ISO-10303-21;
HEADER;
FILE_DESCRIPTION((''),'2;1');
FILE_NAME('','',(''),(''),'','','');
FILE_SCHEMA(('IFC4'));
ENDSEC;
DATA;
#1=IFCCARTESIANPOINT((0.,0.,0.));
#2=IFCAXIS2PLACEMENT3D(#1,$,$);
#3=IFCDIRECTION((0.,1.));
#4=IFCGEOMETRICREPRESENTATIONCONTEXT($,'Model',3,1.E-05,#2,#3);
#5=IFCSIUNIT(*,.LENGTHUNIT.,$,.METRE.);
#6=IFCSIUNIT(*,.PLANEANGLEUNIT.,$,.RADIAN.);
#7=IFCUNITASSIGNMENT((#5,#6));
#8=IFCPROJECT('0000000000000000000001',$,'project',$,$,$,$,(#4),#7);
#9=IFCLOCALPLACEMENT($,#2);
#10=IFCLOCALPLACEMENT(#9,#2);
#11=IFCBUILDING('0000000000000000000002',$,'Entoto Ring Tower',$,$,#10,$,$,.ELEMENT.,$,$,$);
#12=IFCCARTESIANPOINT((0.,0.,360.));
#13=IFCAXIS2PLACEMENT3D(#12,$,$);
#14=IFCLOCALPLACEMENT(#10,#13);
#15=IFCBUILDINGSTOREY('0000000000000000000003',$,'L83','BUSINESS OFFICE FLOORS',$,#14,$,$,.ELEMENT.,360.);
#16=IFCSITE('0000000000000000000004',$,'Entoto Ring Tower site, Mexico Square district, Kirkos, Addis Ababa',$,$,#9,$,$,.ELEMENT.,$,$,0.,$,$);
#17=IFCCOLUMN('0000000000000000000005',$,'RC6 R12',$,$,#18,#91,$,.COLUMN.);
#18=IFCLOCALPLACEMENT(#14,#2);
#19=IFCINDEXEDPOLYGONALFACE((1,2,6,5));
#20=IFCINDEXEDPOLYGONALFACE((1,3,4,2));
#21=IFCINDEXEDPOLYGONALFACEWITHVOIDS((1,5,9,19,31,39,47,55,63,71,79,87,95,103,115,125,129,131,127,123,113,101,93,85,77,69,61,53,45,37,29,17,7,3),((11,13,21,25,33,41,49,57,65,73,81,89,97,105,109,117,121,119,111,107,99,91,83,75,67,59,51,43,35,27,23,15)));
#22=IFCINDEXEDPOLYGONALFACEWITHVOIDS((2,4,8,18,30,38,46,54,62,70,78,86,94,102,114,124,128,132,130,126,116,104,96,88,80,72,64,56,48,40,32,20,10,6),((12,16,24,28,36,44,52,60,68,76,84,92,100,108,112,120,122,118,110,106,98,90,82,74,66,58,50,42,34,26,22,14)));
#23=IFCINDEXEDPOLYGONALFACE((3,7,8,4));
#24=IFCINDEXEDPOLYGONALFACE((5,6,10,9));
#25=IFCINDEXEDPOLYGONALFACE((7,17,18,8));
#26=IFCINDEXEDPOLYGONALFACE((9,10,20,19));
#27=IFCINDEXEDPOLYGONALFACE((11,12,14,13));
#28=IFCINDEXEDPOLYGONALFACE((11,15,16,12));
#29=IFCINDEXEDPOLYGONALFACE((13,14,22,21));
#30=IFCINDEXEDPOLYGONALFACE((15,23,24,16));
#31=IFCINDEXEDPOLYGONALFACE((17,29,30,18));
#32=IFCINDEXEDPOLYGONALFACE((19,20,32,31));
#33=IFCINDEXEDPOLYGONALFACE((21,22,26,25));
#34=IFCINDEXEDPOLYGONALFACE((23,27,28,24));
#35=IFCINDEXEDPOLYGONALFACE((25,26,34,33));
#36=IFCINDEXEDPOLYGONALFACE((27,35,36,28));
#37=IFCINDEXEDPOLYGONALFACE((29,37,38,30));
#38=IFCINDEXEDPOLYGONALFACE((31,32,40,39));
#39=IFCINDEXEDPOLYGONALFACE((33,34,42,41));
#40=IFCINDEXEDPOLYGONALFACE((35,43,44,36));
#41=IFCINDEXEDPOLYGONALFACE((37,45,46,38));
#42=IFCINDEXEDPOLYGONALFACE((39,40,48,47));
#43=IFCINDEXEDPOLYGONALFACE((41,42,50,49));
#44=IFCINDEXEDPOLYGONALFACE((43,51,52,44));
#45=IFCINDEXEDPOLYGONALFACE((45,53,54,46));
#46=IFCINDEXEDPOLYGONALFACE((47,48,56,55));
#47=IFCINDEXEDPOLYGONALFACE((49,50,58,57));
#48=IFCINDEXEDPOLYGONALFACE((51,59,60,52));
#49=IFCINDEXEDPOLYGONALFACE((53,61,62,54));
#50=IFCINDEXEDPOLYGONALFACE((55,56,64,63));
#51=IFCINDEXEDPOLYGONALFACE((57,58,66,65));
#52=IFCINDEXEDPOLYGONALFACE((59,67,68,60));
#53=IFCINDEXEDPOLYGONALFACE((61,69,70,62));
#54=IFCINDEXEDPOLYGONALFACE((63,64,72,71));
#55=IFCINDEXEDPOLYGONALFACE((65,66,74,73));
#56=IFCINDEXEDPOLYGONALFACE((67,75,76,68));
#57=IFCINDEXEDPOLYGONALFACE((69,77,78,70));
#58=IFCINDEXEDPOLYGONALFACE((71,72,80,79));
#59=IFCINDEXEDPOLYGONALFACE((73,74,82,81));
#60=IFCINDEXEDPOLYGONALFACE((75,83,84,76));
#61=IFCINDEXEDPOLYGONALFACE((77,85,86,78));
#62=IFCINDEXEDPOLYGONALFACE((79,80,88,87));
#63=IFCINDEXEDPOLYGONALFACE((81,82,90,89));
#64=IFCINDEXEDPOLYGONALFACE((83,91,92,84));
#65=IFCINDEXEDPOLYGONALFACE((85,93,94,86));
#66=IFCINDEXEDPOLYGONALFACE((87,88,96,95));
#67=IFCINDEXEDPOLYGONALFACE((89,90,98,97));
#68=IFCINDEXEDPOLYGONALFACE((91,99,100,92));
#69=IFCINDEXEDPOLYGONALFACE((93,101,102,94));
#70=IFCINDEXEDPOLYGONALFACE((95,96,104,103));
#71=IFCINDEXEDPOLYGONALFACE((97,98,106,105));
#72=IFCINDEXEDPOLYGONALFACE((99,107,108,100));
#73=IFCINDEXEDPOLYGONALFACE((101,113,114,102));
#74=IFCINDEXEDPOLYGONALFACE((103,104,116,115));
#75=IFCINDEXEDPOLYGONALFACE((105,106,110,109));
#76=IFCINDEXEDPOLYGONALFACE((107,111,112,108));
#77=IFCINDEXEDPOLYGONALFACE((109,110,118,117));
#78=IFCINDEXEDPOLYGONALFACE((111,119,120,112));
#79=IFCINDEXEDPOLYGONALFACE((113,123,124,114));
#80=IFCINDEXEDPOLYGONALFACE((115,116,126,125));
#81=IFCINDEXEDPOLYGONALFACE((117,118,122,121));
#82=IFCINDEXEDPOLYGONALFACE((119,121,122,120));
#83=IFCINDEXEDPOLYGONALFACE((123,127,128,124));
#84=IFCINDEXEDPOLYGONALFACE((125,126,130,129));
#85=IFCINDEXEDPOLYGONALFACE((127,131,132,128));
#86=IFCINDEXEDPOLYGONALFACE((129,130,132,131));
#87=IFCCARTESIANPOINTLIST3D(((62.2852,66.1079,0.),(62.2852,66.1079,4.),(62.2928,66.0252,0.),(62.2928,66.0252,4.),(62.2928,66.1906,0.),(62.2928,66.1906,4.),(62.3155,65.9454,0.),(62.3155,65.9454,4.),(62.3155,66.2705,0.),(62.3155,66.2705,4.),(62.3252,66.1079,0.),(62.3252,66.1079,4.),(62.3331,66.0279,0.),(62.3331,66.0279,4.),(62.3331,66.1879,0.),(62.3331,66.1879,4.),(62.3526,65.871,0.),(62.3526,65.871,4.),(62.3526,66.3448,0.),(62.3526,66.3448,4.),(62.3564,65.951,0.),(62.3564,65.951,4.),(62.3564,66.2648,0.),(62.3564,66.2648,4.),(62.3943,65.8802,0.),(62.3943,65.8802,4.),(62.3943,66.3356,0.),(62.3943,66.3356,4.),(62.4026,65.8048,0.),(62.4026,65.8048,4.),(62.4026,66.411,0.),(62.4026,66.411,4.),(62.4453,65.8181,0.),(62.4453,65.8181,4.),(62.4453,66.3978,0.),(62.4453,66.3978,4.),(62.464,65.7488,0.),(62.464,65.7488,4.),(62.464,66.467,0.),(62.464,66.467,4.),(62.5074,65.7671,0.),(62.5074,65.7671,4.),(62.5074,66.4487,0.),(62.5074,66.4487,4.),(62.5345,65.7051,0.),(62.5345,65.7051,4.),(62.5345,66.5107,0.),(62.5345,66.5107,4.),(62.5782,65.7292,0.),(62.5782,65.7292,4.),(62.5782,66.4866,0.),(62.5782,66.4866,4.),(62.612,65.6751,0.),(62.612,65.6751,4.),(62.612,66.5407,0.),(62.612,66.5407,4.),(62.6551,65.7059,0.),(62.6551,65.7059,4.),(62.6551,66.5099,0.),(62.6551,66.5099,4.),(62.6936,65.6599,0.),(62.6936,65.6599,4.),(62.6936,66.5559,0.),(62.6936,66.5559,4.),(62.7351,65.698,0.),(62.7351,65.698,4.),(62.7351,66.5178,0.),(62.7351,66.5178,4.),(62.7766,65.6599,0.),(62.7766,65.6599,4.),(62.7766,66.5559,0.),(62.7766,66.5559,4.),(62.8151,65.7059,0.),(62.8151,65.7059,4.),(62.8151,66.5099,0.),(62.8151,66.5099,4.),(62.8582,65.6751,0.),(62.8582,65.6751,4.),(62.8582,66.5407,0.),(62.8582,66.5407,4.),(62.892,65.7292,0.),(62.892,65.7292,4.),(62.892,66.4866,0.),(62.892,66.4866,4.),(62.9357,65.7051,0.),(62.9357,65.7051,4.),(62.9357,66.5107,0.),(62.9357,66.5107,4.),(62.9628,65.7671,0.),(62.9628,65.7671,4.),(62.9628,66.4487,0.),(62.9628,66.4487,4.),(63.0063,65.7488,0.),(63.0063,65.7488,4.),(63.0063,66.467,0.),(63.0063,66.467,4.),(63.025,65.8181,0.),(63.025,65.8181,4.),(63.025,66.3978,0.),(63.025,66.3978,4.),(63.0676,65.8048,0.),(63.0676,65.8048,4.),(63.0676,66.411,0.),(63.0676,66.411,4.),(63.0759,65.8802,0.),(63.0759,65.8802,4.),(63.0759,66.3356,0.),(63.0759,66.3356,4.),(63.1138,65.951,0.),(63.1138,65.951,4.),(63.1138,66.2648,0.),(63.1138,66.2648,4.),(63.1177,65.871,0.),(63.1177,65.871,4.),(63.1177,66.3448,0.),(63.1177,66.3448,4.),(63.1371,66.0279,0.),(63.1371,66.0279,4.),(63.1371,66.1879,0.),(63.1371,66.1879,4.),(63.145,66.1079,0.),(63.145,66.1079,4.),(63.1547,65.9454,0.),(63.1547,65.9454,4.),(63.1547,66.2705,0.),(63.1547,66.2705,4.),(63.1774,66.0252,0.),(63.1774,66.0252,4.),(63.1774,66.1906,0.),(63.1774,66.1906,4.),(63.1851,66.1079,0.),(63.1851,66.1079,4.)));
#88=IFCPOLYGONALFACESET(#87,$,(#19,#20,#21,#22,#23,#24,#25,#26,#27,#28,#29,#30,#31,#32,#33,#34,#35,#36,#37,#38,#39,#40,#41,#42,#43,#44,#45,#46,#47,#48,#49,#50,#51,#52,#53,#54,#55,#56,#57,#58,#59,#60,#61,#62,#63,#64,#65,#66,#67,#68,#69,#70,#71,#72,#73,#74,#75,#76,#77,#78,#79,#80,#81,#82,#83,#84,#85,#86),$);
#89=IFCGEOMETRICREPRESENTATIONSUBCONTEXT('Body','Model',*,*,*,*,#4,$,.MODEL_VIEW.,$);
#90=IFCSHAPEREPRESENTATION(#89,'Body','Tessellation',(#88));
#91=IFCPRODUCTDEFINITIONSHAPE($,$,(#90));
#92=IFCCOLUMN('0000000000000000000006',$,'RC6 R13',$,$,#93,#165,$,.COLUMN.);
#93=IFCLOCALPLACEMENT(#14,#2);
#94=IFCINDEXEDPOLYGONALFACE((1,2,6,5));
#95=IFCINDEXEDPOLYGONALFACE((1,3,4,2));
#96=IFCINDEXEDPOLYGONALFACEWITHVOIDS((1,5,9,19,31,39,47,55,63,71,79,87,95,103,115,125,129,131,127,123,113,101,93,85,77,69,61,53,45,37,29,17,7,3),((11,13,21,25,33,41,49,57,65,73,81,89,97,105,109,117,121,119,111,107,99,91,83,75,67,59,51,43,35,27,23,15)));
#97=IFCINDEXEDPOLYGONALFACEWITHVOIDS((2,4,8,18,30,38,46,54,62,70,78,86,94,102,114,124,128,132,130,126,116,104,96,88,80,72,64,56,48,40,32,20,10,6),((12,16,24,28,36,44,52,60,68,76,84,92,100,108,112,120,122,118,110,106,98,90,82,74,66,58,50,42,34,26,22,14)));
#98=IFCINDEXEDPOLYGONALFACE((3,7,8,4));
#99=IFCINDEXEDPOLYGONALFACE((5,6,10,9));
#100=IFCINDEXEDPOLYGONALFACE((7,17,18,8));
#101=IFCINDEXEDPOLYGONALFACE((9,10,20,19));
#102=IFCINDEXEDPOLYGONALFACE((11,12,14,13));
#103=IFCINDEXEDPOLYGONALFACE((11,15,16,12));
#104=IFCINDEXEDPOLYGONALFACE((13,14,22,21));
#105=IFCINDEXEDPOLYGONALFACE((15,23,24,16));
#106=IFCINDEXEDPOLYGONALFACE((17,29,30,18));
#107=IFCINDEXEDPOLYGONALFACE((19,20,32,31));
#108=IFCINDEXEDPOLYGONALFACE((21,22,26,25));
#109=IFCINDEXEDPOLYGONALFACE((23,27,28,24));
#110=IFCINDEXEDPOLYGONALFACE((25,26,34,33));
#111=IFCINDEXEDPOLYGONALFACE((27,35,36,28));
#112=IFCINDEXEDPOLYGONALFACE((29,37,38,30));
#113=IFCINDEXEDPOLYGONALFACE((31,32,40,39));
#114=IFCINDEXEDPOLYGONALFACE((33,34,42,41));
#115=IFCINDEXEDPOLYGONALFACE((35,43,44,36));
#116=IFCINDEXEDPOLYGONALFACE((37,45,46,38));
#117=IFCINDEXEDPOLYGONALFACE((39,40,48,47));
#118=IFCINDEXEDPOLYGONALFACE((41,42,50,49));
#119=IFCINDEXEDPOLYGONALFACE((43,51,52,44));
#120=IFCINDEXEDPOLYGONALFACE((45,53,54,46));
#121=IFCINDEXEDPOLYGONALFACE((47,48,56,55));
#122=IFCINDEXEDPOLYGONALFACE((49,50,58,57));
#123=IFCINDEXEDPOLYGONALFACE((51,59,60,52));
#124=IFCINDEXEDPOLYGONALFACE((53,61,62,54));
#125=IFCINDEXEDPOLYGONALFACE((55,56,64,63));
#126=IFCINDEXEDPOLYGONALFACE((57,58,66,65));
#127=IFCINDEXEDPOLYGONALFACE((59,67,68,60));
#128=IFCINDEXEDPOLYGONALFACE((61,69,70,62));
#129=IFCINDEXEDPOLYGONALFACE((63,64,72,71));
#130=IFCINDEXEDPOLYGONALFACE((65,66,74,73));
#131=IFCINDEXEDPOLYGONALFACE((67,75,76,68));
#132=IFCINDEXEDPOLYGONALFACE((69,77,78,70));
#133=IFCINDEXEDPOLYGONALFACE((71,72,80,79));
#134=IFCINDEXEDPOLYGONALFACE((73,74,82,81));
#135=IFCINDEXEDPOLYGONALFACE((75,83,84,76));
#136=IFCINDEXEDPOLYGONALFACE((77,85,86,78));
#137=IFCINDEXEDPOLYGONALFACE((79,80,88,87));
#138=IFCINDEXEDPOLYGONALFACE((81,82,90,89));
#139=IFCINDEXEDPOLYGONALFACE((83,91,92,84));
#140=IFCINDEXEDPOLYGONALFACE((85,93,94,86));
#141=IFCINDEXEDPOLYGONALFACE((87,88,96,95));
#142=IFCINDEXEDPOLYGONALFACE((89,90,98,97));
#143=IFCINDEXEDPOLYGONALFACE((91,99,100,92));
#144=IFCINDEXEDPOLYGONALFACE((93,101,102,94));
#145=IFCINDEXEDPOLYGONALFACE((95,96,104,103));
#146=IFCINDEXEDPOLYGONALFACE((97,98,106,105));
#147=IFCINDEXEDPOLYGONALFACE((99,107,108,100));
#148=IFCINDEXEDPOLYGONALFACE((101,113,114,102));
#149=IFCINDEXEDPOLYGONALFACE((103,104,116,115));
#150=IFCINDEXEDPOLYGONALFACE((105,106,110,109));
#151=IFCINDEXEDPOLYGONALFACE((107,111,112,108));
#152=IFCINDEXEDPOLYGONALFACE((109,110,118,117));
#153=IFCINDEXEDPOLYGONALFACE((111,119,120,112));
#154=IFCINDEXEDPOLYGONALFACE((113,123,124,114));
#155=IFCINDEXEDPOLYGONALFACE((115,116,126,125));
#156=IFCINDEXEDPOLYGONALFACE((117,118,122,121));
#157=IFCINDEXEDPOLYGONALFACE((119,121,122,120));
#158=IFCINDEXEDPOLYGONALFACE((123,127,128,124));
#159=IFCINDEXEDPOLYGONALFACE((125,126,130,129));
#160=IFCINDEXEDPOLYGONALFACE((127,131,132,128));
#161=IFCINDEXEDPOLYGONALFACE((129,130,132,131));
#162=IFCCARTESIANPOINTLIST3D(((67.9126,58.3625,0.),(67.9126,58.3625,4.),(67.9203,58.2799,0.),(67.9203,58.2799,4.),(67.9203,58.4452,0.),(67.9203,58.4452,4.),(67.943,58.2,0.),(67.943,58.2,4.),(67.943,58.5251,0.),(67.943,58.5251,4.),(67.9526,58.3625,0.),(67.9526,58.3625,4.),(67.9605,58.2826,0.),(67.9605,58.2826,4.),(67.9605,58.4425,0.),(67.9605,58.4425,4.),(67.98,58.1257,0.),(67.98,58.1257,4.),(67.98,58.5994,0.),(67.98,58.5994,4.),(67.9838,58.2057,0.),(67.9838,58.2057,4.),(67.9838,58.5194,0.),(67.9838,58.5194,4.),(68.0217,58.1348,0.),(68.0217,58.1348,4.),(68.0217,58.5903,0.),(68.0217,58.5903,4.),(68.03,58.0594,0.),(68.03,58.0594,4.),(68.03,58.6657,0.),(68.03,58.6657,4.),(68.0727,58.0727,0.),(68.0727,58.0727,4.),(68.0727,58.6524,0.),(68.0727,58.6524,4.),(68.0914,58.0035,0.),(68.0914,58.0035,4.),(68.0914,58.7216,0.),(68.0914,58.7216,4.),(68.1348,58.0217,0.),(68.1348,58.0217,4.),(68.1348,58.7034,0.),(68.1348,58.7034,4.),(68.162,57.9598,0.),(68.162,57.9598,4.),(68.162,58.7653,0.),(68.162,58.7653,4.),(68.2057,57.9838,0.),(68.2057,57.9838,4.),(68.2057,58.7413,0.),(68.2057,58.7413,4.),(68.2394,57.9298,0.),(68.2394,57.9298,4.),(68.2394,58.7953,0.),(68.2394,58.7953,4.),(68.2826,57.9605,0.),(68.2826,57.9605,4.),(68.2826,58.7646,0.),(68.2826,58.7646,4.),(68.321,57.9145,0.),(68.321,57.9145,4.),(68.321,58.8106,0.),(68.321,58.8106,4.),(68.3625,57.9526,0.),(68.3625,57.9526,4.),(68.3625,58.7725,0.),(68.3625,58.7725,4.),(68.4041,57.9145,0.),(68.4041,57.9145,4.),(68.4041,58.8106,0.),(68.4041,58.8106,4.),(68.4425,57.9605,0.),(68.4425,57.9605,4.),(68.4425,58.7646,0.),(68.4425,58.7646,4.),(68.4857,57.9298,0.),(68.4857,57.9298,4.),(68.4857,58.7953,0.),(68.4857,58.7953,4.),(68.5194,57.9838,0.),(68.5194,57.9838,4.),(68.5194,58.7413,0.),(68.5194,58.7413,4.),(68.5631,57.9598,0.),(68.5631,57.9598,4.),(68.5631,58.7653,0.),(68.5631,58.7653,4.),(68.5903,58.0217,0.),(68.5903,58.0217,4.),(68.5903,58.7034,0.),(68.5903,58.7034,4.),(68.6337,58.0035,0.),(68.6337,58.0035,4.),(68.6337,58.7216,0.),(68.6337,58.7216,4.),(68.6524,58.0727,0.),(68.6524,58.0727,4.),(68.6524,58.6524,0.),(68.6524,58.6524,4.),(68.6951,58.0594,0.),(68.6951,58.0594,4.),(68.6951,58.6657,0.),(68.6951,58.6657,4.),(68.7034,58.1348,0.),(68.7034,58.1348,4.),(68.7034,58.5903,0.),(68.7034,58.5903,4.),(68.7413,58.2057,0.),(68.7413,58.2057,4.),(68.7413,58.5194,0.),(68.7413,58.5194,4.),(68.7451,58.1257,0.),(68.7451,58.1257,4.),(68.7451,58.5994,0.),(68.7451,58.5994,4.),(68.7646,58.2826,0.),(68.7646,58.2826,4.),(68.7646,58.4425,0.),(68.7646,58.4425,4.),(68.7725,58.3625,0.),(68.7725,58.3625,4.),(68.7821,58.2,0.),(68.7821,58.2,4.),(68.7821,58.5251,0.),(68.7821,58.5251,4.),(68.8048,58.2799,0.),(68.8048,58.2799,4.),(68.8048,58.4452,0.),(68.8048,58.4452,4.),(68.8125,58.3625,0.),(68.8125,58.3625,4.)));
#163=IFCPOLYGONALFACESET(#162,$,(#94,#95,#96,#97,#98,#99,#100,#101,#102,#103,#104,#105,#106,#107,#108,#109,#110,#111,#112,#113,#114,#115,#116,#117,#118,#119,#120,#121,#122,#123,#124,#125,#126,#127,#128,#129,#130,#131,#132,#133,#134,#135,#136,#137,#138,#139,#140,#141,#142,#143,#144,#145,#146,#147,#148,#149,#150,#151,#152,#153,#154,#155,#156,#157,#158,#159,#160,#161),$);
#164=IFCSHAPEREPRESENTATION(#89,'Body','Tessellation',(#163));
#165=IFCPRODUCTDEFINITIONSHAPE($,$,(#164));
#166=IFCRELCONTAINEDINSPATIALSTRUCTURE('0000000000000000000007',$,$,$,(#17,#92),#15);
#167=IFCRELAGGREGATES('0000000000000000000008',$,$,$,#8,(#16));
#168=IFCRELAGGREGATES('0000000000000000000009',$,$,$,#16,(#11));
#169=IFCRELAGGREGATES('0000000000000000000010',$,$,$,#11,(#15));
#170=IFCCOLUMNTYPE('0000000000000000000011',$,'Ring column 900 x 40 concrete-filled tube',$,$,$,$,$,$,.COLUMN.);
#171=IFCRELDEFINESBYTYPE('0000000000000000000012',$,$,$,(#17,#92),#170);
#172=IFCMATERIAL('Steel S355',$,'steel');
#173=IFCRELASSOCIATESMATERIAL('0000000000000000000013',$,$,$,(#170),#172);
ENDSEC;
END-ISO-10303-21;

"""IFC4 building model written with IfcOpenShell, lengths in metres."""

from ifc_helpers import new_model, si_unit, direction, frame, origin, origin_2d, place, context, subcontext, project, spatial, circle, hollow_circle, extrude, material, material_profile, profile_set, type_object, element, save


model = new_model("IFC4")

# Units and contexts
model_context = context("Model", 3, precision=1e-05, world=origin(), true_north=direction((0.0, 1.0)))
body_context = subcontext(model_context, "Body", "Model", "MODEL_VIEW")
ifc_project = project(units=[si_unit("LENGTHUNIT", "METRE"), si_unit("PLANEANGLEUNIT", "RADIAN")], contexts=[model_context])

# Site, building, storey
site_placement = place(None, origin())
site = spatial("IfcSite", under=ifc_project, at=site_placement, Name="Entoto Ring Tower site, Mexico Square district, Kirkos, Addis Ababa", CompositionType="ELEMENT", RefElevation=0.0)
building_placement = place(site_placement, origin())
building = spatial("IfcBuilding", under=site, at=building_placement, Name="Entoto Ring Tower", CompositionType="ELEMENT")
storey_placement = place(building_placement, frame((0.0, 0.0, 360.0)))
storey = spatial("IfcBuildingStorey", under=building, at=storey_placement, Name="L83", Description="BUSINESS OFFICE FLOORS", CompositionType="ELEMENT", Elevation=360.0)

# Columns
ifc_material_1 = material(Name="Steel S355", Category="steel")
ifc_material_profile_1 = material_profile(ifc_material_1, hollow_circle(Radius=0.45, WallThickness=0.04, at=origin_2d()), Name="CHS 900 x 40")
ifc_material_2 = material(Name="Concrete C60/75", Category="concrete")
ifc_material_profile_2 = material_profile(ifc_material_2, circle(Radius=0.4099, at=origin_2d()), Name="Concrete C60/75 infill")
ifc_profile_set_1 = profile_set([ifc_material_profile_1, ifc_material_profile_2], Name="Steel S355")
column_type = type_object("IfcColumnType", Name="Ring column 900 x 40 concrete-filled tube", PredefinedType="COLUMN", material=ifc_profile_set_1)
for number, where, z_axis, x_axis, name in (
    (1, (62.7351, 66.1079, 0.0), (0.0, 0.0, 1.0), (1.0, 0.0, 0.0), "RC6 R12"),
    (2, (68.3625, 58.3625, 0.0), (0.0, 0.0, 1.0), (1.0, 0.0, 0.0), "RC6 R13"),
):
    element("IfcColumn", number, at=place(storey_placement, frame(where, z_axis=z_axis, x_axis=x_axis)), inside=storey, type_object=column_type, Name=name, PredefinedType="COLUMN", context=body_context, shape_type="SweptSolid", body=[
        extrude(hollow_circle(Radius=0.45, WallThickness=0.04, at=origin_2d()), origin(), (0.0, 0.0, 1.0), 4.0),
    ])

save(model, "model.ifc")
